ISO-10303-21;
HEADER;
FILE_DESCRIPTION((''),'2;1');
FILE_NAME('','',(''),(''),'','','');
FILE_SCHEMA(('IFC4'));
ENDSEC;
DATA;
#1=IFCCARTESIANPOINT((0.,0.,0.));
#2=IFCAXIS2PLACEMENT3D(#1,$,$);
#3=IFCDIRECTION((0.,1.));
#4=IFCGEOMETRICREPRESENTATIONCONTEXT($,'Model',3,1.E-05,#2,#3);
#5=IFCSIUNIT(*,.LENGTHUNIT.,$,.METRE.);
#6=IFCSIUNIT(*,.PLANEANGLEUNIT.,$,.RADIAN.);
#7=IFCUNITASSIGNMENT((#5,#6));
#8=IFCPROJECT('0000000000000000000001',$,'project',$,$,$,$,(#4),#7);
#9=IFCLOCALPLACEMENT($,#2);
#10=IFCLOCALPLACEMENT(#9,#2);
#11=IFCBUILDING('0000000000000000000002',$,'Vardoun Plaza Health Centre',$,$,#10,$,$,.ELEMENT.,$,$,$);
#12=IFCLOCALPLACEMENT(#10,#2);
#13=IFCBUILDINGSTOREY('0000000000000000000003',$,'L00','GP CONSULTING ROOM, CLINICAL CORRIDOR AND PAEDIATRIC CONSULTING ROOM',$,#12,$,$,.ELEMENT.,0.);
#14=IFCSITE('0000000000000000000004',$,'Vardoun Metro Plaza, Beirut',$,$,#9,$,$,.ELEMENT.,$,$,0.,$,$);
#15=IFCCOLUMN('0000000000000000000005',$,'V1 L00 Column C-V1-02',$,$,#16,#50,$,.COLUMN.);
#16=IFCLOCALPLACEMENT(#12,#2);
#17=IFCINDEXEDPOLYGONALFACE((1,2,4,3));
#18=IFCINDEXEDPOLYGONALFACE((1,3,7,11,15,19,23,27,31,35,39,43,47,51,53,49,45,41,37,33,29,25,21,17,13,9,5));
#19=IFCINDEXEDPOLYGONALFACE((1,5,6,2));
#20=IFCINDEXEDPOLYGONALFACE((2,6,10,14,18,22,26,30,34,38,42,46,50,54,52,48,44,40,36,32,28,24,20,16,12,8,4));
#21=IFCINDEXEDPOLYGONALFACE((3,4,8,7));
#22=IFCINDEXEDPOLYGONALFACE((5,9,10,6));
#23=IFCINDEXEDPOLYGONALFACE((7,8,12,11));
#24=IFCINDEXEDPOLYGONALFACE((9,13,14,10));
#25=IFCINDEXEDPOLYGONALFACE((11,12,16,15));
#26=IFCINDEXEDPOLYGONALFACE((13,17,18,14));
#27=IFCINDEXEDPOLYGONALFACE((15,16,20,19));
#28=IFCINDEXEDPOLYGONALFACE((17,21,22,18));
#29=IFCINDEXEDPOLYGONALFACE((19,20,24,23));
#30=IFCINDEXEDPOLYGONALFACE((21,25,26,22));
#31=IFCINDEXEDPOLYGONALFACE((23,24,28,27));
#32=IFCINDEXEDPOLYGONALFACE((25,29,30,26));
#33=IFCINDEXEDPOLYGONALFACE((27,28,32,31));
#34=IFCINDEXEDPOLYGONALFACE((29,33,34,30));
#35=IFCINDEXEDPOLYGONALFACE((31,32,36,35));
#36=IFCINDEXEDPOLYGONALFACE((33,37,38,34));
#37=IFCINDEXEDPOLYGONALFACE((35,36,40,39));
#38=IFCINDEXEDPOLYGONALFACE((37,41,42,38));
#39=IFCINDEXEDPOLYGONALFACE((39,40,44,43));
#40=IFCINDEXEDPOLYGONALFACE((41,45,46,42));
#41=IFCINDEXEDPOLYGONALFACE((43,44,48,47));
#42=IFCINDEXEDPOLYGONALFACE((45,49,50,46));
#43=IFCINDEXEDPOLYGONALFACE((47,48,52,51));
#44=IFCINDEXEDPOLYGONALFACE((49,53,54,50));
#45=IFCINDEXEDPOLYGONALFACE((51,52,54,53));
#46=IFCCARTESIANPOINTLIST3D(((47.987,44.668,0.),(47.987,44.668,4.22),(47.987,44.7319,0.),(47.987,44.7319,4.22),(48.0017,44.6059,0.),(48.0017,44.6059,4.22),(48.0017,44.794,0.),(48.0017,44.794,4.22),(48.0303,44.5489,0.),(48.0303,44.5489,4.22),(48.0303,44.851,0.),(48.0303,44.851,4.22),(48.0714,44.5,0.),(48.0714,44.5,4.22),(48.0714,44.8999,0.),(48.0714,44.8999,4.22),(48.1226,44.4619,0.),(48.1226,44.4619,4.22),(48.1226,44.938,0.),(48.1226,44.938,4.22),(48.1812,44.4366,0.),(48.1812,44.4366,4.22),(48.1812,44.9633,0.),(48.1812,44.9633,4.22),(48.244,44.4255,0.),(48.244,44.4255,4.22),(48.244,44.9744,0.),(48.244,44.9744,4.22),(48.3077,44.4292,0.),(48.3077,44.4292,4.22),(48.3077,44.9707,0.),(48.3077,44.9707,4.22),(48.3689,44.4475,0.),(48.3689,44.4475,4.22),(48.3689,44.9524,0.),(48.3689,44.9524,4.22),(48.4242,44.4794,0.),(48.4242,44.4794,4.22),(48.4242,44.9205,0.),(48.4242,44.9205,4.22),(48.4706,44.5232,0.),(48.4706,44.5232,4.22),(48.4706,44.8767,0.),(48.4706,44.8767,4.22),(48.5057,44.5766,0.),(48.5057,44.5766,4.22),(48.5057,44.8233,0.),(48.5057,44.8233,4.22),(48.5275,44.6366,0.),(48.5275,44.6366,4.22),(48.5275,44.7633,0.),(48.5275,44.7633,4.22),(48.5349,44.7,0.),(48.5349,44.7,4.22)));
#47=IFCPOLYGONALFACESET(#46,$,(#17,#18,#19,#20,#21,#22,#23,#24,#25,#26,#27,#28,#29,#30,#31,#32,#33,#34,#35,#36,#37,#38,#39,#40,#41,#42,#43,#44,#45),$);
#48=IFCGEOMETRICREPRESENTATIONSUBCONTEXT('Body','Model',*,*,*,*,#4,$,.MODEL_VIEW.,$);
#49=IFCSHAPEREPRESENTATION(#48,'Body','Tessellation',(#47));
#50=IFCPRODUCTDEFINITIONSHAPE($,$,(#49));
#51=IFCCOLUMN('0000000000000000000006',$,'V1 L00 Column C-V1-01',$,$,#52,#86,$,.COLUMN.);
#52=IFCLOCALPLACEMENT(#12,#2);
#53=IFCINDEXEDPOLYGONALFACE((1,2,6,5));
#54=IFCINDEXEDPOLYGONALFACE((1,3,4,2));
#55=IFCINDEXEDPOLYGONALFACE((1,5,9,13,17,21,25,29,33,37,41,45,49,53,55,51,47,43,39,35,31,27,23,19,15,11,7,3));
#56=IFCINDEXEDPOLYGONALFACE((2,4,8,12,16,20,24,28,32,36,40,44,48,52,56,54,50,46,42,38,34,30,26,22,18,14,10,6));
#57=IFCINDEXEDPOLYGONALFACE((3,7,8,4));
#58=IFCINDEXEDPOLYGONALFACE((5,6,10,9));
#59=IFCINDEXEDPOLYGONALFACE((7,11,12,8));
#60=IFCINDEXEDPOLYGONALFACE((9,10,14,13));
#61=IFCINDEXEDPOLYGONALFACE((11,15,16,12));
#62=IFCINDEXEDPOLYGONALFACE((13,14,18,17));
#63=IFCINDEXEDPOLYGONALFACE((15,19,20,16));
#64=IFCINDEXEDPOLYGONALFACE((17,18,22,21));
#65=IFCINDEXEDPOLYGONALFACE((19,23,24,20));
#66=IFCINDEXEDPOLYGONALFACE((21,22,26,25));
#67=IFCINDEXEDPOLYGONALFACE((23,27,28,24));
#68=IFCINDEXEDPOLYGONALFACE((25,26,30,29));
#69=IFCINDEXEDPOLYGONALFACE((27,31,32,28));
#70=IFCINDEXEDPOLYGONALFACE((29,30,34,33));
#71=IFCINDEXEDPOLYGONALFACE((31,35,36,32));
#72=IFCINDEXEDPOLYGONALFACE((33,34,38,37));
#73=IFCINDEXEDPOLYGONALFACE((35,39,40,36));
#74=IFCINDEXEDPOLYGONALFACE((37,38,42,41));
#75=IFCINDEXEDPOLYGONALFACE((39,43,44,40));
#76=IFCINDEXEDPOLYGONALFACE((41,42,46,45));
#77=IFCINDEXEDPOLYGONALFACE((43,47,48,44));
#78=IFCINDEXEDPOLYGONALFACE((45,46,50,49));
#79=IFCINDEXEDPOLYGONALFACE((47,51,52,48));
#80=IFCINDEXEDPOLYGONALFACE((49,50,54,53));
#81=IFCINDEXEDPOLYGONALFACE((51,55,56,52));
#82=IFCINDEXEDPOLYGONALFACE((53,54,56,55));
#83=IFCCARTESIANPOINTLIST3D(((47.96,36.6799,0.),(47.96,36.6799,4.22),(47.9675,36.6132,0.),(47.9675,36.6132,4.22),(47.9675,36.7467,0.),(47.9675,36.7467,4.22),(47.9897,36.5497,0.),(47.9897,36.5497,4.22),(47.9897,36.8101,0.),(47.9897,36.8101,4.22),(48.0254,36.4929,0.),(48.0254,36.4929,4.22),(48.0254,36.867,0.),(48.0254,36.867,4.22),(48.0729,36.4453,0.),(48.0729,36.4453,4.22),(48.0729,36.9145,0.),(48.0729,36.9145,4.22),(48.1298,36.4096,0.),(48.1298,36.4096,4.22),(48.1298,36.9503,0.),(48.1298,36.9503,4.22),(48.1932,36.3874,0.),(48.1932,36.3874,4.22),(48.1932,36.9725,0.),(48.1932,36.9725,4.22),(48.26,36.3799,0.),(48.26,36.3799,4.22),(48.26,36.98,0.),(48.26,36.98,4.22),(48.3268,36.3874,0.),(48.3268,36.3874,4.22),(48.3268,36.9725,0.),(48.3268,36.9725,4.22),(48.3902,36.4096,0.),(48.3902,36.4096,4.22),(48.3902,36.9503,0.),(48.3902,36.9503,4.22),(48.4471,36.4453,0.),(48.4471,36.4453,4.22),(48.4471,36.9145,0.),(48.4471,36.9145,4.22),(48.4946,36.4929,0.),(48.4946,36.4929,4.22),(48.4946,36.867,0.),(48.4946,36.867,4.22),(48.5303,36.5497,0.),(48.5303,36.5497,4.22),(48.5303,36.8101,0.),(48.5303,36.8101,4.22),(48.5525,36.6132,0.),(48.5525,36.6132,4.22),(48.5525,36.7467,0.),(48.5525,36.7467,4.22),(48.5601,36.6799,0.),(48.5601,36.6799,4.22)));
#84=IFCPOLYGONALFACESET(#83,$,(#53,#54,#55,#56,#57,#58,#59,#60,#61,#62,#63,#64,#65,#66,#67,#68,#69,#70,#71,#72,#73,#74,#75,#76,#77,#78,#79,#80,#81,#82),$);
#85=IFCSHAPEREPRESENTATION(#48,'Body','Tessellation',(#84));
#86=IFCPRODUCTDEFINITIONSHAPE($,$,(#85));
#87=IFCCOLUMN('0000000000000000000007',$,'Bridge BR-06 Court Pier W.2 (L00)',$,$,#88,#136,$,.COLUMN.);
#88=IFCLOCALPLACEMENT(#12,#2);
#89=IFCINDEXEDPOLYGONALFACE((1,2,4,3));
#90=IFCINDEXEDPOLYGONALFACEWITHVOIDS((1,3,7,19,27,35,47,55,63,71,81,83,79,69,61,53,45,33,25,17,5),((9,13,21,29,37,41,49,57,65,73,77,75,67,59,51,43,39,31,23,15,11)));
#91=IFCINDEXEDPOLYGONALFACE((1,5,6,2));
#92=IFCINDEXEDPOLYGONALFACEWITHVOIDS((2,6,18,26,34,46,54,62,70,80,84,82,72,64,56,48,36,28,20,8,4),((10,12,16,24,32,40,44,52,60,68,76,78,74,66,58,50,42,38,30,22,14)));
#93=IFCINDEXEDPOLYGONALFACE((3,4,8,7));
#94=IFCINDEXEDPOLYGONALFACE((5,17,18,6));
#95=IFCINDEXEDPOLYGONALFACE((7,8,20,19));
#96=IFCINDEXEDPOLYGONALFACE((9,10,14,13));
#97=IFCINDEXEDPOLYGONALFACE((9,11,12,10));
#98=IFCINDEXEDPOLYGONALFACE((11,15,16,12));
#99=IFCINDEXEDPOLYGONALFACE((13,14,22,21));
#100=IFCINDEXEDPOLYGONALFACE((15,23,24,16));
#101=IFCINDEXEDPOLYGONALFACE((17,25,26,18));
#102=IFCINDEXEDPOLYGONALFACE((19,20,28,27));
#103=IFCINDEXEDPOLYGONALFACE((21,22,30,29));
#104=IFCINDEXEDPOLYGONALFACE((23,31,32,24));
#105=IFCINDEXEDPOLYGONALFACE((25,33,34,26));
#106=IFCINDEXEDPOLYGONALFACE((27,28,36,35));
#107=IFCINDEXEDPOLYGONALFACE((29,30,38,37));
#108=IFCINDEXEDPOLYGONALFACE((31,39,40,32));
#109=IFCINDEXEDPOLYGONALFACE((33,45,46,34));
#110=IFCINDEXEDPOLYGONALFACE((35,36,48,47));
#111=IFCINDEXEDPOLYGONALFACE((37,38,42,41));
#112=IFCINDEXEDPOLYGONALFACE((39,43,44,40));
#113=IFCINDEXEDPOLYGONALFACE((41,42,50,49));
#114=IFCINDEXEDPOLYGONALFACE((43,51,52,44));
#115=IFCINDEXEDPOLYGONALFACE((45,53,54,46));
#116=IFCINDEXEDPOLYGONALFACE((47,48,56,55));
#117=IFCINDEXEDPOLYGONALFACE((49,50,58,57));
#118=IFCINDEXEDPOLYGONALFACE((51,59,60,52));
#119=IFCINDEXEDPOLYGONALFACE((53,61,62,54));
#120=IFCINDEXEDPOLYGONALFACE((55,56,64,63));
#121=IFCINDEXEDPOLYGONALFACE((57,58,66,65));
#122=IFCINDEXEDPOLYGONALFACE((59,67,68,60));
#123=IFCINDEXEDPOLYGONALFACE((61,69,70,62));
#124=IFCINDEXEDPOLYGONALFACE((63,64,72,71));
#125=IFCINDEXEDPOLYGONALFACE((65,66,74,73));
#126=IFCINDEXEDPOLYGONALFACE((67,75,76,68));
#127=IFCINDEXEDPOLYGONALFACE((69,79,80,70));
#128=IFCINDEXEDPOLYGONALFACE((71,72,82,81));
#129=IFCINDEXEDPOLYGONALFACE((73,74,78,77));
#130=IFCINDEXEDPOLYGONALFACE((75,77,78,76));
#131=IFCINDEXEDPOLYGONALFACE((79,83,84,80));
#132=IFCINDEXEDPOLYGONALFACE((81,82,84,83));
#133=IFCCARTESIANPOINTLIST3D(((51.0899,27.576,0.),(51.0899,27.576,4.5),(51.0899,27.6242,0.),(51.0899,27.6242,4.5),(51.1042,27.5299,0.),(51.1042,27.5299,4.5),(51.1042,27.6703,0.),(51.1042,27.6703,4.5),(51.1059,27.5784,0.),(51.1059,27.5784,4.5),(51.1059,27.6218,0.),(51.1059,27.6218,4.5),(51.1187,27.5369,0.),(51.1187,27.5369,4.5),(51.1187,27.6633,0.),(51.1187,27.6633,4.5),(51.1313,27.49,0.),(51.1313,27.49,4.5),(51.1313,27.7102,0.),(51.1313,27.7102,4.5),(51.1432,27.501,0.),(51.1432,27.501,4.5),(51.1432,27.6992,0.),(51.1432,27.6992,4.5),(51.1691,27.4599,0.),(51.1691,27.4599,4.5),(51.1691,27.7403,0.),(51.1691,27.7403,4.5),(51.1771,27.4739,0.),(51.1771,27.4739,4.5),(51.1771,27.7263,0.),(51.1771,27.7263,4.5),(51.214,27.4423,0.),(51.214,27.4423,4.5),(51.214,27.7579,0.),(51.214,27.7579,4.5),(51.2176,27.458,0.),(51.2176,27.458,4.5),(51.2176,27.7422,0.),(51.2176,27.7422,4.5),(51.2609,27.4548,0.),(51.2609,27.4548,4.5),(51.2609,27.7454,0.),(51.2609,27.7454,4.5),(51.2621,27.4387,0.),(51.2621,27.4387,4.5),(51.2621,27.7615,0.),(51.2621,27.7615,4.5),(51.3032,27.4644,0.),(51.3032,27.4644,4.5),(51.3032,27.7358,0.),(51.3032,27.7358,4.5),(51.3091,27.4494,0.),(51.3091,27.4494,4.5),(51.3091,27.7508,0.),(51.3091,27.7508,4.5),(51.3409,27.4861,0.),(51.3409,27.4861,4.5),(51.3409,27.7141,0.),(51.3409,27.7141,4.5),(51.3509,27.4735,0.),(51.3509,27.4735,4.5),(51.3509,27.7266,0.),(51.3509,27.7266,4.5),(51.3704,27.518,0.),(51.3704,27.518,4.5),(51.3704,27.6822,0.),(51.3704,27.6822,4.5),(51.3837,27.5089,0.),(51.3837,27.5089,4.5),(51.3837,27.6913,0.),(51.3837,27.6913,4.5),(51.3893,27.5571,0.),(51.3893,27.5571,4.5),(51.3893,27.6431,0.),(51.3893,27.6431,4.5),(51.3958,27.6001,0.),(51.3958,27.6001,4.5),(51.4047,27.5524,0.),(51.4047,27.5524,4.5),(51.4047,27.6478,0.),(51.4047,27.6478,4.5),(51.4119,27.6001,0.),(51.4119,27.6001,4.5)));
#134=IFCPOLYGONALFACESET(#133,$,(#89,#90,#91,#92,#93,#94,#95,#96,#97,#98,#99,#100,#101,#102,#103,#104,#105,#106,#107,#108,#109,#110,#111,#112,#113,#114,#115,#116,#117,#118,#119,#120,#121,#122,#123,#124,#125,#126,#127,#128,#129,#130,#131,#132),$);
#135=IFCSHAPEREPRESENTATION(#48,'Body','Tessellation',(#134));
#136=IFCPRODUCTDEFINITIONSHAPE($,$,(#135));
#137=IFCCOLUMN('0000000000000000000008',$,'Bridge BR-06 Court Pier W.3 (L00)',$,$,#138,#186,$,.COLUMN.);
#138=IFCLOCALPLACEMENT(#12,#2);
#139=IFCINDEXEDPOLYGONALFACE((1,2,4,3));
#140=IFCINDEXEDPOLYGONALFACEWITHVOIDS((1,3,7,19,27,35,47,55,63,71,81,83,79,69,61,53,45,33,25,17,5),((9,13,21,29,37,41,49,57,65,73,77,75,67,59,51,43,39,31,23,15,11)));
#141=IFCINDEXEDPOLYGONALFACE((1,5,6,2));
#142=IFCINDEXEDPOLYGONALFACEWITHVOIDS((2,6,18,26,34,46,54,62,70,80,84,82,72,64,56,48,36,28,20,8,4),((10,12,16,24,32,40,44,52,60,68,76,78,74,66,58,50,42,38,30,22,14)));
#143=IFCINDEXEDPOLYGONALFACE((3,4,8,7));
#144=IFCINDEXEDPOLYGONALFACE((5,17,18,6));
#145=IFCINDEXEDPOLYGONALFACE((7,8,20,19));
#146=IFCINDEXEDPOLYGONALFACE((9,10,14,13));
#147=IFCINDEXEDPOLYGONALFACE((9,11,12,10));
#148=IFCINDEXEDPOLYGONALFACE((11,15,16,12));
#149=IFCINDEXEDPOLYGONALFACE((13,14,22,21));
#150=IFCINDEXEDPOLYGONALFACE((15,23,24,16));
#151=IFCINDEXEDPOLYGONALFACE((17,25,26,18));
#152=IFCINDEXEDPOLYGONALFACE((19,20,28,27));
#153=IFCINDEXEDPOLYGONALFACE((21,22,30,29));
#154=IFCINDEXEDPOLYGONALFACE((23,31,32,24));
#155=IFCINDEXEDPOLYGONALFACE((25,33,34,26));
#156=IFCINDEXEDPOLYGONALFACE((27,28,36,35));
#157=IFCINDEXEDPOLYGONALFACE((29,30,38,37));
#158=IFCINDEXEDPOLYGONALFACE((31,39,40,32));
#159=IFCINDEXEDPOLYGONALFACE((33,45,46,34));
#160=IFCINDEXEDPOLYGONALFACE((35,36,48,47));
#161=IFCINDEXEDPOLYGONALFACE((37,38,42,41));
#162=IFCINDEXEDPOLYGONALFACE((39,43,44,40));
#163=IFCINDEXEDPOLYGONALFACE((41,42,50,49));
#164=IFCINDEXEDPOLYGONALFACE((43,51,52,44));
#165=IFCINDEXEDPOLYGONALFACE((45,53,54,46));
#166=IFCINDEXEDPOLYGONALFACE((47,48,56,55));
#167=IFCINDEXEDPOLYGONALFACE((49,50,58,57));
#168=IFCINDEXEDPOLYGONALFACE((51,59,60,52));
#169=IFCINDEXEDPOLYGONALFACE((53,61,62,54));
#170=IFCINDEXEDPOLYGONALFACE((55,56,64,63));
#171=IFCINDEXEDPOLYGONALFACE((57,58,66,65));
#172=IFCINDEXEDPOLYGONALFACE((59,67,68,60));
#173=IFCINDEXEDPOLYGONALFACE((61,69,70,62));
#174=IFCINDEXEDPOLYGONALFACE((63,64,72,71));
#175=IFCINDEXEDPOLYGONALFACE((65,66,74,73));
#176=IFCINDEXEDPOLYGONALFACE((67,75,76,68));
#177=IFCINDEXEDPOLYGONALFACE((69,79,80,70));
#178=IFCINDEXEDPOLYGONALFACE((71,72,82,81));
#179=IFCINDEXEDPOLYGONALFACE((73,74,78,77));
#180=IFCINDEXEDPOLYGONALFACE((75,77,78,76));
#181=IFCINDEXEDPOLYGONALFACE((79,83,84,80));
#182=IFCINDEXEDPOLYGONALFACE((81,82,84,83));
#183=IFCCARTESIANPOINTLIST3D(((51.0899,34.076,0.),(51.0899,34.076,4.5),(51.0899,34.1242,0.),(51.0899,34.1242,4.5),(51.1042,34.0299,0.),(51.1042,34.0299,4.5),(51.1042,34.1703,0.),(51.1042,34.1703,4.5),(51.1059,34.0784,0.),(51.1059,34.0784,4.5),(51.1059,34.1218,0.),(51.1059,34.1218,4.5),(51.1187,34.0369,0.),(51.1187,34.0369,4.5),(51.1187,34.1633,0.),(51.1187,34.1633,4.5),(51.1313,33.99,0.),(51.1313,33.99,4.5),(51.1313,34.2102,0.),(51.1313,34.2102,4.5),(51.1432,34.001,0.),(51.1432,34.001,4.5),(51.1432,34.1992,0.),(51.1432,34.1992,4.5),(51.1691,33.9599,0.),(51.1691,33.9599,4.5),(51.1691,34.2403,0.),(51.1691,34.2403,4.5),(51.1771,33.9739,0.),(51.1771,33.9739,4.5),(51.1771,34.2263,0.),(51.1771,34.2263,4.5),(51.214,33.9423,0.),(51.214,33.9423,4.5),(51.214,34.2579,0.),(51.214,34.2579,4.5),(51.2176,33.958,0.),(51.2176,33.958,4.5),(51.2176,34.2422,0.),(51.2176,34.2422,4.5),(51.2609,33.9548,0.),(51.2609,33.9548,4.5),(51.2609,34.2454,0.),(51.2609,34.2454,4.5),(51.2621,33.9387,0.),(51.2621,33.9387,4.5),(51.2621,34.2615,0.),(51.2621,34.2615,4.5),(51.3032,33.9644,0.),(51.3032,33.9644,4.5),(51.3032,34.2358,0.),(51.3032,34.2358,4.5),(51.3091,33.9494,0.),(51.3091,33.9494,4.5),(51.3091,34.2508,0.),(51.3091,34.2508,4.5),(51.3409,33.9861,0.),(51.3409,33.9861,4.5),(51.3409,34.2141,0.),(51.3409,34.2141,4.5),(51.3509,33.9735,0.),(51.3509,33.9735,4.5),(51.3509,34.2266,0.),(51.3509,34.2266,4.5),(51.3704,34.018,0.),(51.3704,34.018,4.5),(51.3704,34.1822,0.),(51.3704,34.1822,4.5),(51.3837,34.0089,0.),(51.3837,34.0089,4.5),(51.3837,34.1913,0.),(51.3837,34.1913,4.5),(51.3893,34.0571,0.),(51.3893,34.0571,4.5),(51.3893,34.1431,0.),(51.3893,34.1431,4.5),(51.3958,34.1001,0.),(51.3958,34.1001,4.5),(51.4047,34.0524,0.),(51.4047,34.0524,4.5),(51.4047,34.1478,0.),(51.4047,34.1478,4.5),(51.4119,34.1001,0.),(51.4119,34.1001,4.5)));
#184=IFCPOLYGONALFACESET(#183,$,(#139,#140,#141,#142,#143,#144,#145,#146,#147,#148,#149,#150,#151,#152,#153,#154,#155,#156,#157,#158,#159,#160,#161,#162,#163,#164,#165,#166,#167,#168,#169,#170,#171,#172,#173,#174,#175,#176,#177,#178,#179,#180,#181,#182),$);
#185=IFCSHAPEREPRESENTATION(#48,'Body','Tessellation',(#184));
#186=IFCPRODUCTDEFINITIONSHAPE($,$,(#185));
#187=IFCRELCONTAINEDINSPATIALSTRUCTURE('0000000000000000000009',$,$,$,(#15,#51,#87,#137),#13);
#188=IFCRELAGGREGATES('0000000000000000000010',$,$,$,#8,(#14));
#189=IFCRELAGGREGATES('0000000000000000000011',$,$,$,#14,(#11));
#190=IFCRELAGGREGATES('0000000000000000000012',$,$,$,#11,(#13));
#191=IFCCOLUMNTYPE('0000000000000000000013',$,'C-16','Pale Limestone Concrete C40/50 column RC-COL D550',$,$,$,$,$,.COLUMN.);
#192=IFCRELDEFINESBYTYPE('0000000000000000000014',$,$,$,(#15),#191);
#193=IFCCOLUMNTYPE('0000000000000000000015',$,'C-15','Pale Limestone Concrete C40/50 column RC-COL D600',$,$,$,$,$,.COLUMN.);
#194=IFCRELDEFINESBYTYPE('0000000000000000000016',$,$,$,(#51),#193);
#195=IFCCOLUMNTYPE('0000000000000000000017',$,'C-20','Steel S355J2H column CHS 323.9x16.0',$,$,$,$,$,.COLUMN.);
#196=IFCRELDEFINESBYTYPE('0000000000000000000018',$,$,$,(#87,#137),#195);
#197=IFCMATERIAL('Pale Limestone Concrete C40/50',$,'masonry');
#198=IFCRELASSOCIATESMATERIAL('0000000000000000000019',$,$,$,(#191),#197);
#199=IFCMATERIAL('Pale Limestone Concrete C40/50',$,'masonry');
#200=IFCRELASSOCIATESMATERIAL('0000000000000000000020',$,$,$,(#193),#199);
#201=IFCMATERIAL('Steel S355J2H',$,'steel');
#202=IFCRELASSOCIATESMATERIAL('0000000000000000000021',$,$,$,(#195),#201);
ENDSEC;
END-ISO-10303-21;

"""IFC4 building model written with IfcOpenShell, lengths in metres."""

from ifc_helpers import new_model, si_unit, direction, frame, origin, origin_2d, place, context, subcontext, project, spatial, circle, hollow_circle, extrude, material, material_profile, profile_set, type_object, element, save


model = new_model("IFC4")

# Units and contexts
model_context = context("Model", 3, precision=1e-05, world=origin(), true_north=direction((0.0, 1.0)))
body_context = subcontext(model_context, "Body", "Model", "MODEL_VIEW")
ifc_project = project(units=[si_unit("LENGTHUNIT", "METRE"), si_unit("PLANEANGLEUNIT", "RADIAN")], contexts=[model_context])

# Site, building, storey
site_placement = place(None, origin())
site = spatial("IfcSite", under=ifc_project, at=site_placement, Name="Vardoun Metro Plaza, Beirut", CompositionType="ELEMENT", RefElevation=0.0)
building_placement = place(site_placement, origin())
building = spatial("IfcBuilding", under=site, at=building_placement, Name="Vardoun Plaza Health Centre", CompositionType="ELEMENT")
storey_placement = place(building_placement, origin())
storey = spatial("IfcBuildingStorey", under=building, at=storey_placement, Name="L00", Description="GP CONSULTING ROOM, CLINICAL CORRIDOR AND PAEDIATRIC CONSULTING ROOM", CompositionType="ELEMENT", Elevation=0.0)

# Columns
ifc_material_1 = material(Name="Pale Limestone Concrete C40/50", Category="masonry")
ifc_material_profile_1 = material_profile(ifc_material_1, circle(Radius=0.2749, at=origin_2d()), Name="RC-COL D550")
ifc_profile_set_1 = profile_set([ifc_material_profile_1], Name="Pale Limestone Concrete C40/50")
column_type_1 = type_object("IfcColumnType", Name="C-16", Description="Pale Limestone Concrete C40/50 column RC-COL D550", PredefinedType="COLUMN", material=ifc_profile_set_1)
column_1_placement = place(storey_placement, frame((48.26, 44.7, 0.0), z_axis=(0.0, 0.0, 1.0), x_axis=(1.0, 0.0, 0.0)))
element("IfcColumn", 1, at=column_1_placement, inside=storey, type_object=column_type_1, Name="V1 L00 Column C-V1-02", PredefinedType="COLUMN", context=body_context, shape_type="SweptSolid", body=[
    extrude(circle(Radius=0.2749, at=origin_2d()), origin(), (0.0, 0.0, 1.0), 4.22),
])
ifc_material_2 = material(Name="Pale Limestone Concrete C40/50", Category="masonry")
ifc_material_profile_2 = material_profile(ifc_material_2, circle(Radius=0.3, at=origin_2d()), Name="RC-COL D600")
ifc_profile_set_2 = profile_set([ifc_material_profile_2], Name="Pale Limestone Concrete C40/50")
column_type_2 = type_object("IfcColumnType", Name="C-15", Description="Pale Limestone Concrete C40/50 column RC-COL D600", PredefinedType="COLUMN", material=ifc_profile_set_2)
column_2_placement = place(storey_placement, frame((48.26, 36.6799, 0.0), z_axis=(0.0, 0.0, 1.0), x_axis=(1.0, 0.0, 0.0)))
element("IfcColumn", 2, at=column_2_placement, inside=storey, type_object=column_type_2, Name="V1 L00 Column C-V1-01", PredefinedType="COLUMN", context=body_context, shape_type="SweptSolid", body=[
    extrude(circle(Radius=0.3, at=origin_2d()), origin(), (0.0, 0.0, 1.0), 4.22),
])
ifc_material_3 = material(Name="Steel S355J2H", Category="steel")
ifc_material_profile_3 = material_profile(ifc_material_3, hollow_circle(Radius=0.1619, WallThickness=0.0161, at=origin_2d()), Name="CHS 323.9x16.0")
ifc_profile_set_3 = profile_set([ifc_material_profile_3], Name="Steel S355J2H")
column_type_3 = type_object("IfcColumnType", Name="C-20", Description="Steel S355J2H column CHS 323.9x16.0", PredefinedType="COLUMN", material=ifc_profile_set_3)
for number, where, z_axis, x_axis, name in (
    (3, (51.25, 27.6001, 0.0), (0.0, 0.0, 1.0), (1.0, 0.0, 0.0), "Bridge BR-06 Court Pier W.2 (L00)"),
    (4, (51.25, 34.1001, 0.0), (0.0, 0.0, 1.0), (1.0, 0.0, 0.0), "Bridge BR-06 Court Pier W.3 (L00)"),
):
    element("IfcColumn", number, at=place(storey_placement, frame(where, z_axis=z_axis, x_axis=x_axis)), inside=storey, type_object=column_type_3, Name=name, PredefinedType="COLUMN", context=body_context, shape_type="SweptSolid", body=[
        extrude(hollow_circle(Radius=0.1619, WallThickness=0.0161, at=origin_2d()), origin(), (0.0, 0.0, 1.0), 4.5),
    ])

save(model, "model.ifc")
